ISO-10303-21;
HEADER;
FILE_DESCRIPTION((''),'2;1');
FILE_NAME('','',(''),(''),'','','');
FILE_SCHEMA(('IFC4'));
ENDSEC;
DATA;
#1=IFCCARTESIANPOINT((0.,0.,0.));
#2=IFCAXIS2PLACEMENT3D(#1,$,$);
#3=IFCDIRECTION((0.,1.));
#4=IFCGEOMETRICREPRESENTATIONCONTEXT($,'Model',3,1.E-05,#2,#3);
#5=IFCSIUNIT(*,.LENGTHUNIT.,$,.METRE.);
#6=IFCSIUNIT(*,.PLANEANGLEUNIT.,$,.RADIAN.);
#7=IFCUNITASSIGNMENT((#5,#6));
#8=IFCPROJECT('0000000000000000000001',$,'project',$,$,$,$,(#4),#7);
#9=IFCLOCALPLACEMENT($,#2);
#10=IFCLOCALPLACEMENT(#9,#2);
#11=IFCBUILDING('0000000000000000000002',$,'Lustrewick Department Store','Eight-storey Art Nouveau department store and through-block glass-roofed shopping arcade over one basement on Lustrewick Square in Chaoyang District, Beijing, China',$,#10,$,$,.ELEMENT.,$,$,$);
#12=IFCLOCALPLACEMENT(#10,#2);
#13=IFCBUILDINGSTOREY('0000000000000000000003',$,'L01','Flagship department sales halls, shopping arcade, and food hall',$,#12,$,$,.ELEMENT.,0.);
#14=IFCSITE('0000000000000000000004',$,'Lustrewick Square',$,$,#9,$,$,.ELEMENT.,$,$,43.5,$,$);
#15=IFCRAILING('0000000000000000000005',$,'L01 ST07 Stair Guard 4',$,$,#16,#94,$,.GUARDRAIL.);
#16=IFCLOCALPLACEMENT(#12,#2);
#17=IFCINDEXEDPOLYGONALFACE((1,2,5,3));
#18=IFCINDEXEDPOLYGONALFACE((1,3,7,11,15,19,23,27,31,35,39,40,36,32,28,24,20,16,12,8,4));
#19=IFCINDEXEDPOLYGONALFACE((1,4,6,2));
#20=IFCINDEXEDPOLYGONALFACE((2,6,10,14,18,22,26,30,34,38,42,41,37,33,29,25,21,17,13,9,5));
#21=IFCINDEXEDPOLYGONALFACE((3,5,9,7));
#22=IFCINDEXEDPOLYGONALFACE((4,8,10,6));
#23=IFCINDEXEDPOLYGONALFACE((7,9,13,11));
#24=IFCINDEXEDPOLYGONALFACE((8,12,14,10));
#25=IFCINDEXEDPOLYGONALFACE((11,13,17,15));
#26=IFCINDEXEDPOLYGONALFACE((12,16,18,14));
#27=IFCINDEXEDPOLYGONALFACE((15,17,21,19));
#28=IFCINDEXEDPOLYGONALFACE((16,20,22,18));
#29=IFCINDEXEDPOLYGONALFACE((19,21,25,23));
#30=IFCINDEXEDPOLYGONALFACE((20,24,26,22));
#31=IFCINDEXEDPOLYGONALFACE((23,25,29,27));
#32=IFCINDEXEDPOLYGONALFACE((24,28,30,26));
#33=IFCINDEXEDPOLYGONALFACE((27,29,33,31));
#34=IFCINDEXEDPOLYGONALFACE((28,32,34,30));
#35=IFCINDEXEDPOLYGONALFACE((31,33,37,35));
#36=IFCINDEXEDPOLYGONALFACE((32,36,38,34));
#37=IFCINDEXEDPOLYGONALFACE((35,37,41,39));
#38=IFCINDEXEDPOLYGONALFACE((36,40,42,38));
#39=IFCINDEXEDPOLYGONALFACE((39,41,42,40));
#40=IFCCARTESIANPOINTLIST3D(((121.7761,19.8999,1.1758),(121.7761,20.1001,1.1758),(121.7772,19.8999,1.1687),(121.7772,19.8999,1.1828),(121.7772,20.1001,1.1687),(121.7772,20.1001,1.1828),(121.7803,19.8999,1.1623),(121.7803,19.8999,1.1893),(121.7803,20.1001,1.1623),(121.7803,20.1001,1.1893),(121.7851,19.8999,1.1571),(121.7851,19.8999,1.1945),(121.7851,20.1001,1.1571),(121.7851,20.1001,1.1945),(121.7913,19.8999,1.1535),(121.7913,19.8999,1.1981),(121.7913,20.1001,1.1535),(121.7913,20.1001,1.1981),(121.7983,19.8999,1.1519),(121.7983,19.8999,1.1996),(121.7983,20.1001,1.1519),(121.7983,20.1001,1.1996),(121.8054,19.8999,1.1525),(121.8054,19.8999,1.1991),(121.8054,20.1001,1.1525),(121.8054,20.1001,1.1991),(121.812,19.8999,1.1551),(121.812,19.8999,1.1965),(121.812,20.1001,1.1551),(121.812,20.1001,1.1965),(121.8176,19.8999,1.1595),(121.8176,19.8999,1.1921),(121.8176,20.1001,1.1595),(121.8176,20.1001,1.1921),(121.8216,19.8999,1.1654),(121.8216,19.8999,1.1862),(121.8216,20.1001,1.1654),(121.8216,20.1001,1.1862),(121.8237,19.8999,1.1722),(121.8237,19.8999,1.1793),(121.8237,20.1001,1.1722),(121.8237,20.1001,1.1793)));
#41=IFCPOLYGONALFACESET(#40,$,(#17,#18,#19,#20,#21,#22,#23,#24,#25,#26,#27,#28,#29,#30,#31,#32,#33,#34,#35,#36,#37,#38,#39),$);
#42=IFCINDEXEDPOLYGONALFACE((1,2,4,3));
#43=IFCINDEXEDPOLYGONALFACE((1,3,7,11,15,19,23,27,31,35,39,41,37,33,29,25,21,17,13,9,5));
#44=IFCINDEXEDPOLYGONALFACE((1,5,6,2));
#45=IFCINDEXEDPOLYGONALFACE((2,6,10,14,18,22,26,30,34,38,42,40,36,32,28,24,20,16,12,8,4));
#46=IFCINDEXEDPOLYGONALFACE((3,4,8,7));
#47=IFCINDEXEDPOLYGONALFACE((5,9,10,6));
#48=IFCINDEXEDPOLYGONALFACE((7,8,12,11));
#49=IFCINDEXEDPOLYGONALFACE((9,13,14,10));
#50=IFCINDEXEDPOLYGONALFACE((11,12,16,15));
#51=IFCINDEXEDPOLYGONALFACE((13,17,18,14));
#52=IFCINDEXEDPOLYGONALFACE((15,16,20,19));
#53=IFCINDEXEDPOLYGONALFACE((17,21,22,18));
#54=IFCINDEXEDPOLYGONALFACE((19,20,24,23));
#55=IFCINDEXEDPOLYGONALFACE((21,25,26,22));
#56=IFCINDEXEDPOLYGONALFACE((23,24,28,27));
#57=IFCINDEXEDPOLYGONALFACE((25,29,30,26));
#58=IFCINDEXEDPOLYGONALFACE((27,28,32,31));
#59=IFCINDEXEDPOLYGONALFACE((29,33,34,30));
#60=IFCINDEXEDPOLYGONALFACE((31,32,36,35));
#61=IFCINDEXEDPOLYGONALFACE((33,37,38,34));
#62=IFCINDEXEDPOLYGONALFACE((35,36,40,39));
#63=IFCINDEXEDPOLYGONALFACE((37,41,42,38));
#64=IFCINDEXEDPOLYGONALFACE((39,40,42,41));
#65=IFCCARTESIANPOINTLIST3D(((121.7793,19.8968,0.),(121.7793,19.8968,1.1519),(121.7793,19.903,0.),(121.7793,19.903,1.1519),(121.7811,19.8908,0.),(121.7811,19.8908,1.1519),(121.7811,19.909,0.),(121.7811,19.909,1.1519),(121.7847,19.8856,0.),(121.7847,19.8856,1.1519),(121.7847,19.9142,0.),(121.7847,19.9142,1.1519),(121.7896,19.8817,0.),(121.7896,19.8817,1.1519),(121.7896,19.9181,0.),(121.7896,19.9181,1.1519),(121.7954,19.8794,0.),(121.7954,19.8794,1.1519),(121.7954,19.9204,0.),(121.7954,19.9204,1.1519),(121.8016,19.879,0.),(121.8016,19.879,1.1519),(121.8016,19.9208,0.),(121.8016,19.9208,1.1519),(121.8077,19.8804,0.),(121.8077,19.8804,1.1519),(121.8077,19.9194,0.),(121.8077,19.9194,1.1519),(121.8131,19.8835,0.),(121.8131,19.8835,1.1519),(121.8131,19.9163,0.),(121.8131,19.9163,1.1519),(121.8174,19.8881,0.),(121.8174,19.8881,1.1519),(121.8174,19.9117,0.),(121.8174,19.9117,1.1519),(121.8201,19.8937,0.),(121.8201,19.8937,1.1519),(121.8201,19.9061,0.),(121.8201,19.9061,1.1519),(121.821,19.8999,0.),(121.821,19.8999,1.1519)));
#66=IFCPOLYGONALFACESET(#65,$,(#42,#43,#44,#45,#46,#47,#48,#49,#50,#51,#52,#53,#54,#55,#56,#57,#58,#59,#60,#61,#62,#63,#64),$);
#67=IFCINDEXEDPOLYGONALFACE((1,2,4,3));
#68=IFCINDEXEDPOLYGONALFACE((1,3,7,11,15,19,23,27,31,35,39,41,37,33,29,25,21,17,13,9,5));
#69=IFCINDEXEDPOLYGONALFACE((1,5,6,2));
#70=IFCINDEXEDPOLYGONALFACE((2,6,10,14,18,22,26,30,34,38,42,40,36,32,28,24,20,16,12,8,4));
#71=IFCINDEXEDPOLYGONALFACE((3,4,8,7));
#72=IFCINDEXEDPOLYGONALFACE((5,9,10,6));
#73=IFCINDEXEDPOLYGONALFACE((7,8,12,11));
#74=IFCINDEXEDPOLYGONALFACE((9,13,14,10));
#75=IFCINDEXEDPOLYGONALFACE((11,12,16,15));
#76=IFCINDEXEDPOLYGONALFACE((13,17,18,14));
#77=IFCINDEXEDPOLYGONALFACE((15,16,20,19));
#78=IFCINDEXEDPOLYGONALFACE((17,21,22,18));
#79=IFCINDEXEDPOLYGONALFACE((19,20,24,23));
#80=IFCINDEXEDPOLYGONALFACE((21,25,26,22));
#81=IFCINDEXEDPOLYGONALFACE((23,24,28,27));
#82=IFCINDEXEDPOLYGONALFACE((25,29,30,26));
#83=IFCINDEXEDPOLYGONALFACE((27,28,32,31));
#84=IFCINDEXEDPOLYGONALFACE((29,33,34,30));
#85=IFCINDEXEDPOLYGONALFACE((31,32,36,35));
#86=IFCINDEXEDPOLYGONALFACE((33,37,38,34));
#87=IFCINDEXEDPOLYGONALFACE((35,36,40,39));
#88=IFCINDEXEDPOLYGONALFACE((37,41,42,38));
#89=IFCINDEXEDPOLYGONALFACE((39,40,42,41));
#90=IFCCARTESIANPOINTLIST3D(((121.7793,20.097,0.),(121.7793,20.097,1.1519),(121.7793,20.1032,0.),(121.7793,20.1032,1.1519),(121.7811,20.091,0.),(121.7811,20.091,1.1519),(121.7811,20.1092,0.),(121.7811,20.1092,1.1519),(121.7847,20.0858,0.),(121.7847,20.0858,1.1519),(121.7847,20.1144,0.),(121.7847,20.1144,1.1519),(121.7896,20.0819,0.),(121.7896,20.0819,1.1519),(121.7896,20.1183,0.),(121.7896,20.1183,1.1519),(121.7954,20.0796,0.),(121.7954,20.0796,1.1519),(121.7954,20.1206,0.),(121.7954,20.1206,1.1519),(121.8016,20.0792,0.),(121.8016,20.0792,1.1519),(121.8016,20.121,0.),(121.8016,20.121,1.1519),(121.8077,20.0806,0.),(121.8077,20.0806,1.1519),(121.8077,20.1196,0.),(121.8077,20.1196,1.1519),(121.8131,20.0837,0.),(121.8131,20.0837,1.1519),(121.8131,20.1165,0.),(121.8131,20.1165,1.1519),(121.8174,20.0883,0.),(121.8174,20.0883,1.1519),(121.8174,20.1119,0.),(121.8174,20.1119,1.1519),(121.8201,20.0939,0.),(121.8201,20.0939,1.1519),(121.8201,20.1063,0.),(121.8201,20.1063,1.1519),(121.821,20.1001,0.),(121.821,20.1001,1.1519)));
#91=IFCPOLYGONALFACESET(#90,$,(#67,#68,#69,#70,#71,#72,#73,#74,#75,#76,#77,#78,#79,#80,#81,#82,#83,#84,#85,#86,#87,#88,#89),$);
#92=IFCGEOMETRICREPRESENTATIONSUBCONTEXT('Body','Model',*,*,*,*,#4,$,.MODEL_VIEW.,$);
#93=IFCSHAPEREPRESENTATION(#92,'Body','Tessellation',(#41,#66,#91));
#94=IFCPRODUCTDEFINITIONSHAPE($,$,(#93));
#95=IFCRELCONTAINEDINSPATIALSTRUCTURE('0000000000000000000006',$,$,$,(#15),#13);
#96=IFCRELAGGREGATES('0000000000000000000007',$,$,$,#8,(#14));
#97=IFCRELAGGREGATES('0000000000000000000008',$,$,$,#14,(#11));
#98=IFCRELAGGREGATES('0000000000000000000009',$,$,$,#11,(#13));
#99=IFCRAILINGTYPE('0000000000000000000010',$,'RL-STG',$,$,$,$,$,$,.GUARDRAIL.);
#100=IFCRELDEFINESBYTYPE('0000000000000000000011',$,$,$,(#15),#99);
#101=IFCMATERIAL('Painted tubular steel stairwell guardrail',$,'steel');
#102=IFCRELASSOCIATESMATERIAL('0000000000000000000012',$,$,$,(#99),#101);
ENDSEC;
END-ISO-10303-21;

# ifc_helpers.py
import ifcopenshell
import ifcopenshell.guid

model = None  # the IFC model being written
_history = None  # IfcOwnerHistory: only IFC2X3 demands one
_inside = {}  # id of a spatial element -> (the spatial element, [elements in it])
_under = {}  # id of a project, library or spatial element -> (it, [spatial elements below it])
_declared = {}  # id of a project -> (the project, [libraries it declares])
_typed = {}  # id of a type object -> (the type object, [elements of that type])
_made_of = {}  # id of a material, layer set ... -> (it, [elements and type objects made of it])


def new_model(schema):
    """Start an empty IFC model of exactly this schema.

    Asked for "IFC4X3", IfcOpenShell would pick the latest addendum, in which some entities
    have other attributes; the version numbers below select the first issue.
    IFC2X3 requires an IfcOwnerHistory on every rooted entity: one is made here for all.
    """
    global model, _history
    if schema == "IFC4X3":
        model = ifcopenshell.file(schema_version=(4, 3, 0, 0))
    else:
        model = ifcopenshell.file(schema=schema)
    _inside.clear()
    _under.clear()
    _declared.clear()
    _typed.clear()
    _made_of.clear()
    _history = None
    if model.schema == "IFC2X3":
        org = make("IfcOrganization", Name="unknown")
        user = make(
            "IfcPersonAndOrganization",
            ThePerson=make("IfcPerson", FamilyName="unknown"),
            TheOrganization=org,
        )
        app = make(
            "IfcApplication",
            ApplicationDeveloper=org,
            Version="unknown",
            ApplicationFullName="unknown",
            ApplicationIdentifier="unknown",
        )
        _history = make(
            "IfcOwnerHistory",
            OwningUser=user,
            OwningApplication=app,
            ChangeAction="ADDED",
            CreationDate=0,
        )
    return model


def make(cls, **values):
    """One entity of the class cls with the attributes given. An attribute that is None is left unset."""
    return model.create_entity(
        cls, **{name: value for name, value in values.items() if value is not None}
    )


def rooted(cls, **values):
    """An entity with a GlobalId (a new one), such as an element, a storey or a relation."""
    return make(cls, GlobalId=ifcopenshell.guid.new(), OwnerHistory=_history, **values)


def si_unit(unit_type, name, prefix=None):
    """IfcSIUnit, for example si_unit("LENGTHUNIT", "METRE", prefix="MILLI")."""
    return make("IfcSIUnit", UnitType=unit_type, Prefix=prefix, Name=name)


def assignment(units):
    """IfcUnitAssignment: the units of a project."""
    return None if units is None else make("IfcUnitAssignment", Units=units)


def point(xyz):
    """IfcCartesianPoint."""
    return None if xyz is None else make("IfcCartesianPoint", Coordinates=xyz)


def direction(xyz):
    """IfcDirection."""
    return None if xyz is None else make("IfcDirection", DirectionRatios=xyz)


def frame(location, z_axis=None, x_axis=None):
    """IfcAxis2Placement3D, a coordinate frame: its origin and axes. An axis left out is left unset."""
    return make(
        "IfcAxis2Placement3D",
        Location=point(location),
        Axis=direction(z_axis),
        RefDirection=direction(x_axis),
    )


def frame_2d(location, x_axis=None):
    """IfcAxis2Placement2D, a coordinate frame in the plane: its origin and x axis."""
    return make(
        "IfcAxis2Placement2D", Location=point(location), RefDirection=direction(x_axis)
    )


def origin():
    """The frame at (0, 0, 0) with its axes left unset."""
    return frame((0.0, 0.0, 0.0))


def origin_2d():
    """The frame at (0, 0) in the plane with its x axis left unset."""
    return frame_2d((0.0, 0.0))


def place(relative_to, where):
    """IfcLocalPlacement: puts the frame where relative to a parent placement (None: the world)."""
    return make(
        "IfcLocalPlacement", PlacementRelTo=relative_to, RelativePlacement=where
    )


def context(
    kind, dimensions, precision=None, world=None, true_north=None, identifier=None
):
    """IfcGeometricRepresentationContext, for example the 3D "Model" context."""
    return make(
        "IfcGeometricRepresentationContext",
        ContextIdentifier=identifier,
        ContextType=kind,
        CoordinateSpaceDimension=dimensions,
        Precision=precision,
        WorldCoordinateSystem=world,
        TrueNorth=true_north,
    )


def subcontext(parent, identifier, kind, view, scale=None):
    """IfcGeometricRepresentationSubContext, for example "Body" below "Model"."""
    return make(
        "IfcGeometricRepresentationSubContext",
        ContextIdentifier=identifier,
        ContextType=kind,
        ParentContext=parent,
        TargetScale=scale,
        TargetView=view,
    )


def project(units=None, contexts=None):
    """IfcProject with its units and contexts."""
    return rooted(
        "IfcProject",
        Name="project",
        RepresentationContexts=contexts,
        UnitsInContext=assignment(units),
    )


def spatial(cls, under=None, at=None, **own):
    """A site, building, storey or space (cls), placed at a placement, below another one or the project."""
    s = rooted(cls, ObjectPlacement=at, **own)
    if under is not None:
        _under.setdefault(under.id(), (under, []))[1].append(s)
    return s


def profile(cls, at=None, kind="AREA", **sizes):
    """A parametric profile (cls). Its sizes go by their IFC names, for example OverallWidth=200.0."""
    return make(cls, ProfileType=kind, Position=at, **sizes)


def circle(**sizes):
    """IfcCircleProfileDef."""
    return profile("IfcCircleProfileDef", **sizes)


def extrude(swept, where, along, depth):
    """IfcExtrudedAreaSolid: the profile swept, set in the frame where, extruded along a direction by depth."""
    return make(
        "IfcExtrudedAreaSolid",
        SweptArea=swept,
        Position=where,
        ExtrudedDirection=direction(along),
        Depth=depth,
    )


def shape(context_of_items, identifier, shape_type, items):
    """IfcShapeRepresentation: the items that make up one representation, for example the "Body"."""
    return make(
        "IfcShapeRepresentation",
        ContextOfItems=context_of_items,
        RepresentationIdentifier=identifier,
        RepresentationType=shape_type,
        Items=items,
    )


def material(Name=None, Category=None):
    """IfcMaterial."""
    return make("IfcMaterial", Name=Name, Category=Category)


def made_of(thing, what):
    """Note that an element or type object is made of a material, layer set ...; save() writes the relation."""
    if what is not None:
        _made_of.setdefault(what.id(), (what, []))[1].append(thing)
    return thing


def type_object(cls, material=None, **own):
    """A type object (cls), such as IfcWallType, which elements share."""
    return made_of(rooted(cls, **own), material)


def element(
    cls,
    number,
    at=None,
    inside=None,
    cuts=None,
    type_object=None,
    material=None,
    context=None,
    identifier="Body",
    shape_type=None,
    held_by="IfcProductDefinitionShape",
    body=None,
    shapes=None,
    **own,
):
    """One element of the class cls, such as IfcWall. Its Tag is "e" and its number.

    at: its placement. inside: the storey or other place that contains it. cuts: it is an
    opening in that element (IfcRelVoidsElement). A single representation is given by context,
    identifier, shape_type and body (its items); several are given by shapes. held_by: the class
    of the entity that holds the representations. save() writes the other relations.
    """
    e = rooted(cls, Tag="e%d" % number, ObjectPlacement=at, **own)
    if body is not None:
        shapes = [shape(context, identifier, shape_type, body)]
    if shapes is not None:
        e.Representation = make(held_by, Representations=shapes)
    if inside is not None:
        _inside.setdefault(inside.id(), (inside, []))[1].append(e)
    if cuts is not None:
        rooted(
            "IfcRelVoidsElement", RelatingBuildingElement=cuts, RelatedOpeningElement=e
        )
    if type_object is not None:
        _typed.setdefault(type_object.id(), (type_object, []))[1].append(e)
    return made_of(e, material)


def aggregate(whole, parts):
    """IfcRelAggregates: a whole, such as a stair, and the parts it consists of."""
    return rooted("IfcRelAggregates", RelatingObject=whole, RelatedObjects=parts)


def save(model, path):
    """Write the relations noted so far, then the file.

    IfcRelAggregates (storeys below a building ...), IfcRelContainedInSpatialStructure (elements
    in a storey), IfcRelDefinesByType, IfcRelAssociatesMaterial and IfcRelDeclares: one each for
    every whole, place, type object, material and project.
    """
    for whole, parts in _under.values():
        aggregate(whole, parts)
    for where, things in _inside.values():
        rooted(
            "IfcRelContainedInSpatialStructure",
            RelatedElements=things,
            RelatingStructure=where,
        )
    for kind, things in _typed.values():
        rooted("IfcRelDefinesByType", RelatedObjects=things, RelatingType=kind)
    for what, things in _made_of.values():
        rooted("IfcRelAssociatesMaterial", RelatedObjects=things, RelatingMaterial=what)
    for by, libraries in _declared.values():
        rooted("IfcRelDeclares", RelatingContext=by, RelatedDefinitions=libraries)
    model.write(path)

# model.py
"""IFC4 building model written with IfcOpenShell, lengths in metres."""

from ifc_helpers import new_model, si_unit, direction, frame, origin, origin_2d, place, context, subcontext, project, spatial, circle, extrude, material, type_object, element, save


model = new_model("IFC4")

# Units and contexts
model_context = context("Model", 3, precision=1e-05, world=origin(), true_north=direction((0.0, 1.0)))
body_context = subcontext(model_context, "Body", "Model", "MODEL_VIEW")
ifc_project = project(units=[si_unit("LENGTHUNIT", "METRE"), si_unit("PLANEANGLEUNIT", "RADIAN")], contexts=[model_context])

# Site, building, storey
site_placement = place(None, origin())
site = spatial("IfcSite", under=ifc_project, at=site_placement, Name="Lustrewick Square", CompositionType="ELEMENT", RefElevation=43.5)
building_placement = place(site_placement, origin())
building = spatial("IfcBuilding", under=site, at=building_placement, Name="Lustrewick Department Store", Description="Eight-storey Art Nouveau department store and through-block glass-roofed shopping arcade over one basement on Lustrewick Square in Chaoyang District, Beijing, China", CompositionType="ELEMENT")
storey_placement = place(building_placement, origin())
storey = spatial("IfcBuildingStorey", under=building, at=storey_placement, Name="L01", Description="Flagship department sales halls, shopping arcade, and food hall", CompositionType="ELEMENT", Elevation=0.0)

# Railing
ifc_material_1 = material(Name="Painted tubular steel stairwell guardrail", Category="steel")
railing_type_1 = type_object("IfcRailingType", Name="RL-STG", PredefinedType="GUARDRAIL", material=ifc_material_1)
railing_1_placement = place(storey_placement, frame((121.8, 19.8999, 0.0)))
element("IfcRailing", 1, at=railing_1_placement, inside=storey, type_object=railing_type_1, Name="L01 ST07 Stair Guard 4", PredefinedType="GUARDRAIL", context=body_context, shape_type="SweptSolid", body=[
    extrude(circle(Radius=0.0239, at=origin_2d()), frame((0.0, 0.0, 1.1758), z_axis=(0.0, 1.0, 0.0), x_axis=(-1.0, 0.0, 0.0)), (0.0, 0.0, 1.0), 0.2002),
    extrude(circle(Radius=0.021, at=origin_2d()), origin(), (0.0, 0.0, 1.0), 1.1519),
    extrude(circle(Radius=0.021, at=origin_2d()), frame((0.0, 0.2002, 0.0)), (0.0, 0.0, 1.0), 1.1519),
])

save(model, "model.ifc")
